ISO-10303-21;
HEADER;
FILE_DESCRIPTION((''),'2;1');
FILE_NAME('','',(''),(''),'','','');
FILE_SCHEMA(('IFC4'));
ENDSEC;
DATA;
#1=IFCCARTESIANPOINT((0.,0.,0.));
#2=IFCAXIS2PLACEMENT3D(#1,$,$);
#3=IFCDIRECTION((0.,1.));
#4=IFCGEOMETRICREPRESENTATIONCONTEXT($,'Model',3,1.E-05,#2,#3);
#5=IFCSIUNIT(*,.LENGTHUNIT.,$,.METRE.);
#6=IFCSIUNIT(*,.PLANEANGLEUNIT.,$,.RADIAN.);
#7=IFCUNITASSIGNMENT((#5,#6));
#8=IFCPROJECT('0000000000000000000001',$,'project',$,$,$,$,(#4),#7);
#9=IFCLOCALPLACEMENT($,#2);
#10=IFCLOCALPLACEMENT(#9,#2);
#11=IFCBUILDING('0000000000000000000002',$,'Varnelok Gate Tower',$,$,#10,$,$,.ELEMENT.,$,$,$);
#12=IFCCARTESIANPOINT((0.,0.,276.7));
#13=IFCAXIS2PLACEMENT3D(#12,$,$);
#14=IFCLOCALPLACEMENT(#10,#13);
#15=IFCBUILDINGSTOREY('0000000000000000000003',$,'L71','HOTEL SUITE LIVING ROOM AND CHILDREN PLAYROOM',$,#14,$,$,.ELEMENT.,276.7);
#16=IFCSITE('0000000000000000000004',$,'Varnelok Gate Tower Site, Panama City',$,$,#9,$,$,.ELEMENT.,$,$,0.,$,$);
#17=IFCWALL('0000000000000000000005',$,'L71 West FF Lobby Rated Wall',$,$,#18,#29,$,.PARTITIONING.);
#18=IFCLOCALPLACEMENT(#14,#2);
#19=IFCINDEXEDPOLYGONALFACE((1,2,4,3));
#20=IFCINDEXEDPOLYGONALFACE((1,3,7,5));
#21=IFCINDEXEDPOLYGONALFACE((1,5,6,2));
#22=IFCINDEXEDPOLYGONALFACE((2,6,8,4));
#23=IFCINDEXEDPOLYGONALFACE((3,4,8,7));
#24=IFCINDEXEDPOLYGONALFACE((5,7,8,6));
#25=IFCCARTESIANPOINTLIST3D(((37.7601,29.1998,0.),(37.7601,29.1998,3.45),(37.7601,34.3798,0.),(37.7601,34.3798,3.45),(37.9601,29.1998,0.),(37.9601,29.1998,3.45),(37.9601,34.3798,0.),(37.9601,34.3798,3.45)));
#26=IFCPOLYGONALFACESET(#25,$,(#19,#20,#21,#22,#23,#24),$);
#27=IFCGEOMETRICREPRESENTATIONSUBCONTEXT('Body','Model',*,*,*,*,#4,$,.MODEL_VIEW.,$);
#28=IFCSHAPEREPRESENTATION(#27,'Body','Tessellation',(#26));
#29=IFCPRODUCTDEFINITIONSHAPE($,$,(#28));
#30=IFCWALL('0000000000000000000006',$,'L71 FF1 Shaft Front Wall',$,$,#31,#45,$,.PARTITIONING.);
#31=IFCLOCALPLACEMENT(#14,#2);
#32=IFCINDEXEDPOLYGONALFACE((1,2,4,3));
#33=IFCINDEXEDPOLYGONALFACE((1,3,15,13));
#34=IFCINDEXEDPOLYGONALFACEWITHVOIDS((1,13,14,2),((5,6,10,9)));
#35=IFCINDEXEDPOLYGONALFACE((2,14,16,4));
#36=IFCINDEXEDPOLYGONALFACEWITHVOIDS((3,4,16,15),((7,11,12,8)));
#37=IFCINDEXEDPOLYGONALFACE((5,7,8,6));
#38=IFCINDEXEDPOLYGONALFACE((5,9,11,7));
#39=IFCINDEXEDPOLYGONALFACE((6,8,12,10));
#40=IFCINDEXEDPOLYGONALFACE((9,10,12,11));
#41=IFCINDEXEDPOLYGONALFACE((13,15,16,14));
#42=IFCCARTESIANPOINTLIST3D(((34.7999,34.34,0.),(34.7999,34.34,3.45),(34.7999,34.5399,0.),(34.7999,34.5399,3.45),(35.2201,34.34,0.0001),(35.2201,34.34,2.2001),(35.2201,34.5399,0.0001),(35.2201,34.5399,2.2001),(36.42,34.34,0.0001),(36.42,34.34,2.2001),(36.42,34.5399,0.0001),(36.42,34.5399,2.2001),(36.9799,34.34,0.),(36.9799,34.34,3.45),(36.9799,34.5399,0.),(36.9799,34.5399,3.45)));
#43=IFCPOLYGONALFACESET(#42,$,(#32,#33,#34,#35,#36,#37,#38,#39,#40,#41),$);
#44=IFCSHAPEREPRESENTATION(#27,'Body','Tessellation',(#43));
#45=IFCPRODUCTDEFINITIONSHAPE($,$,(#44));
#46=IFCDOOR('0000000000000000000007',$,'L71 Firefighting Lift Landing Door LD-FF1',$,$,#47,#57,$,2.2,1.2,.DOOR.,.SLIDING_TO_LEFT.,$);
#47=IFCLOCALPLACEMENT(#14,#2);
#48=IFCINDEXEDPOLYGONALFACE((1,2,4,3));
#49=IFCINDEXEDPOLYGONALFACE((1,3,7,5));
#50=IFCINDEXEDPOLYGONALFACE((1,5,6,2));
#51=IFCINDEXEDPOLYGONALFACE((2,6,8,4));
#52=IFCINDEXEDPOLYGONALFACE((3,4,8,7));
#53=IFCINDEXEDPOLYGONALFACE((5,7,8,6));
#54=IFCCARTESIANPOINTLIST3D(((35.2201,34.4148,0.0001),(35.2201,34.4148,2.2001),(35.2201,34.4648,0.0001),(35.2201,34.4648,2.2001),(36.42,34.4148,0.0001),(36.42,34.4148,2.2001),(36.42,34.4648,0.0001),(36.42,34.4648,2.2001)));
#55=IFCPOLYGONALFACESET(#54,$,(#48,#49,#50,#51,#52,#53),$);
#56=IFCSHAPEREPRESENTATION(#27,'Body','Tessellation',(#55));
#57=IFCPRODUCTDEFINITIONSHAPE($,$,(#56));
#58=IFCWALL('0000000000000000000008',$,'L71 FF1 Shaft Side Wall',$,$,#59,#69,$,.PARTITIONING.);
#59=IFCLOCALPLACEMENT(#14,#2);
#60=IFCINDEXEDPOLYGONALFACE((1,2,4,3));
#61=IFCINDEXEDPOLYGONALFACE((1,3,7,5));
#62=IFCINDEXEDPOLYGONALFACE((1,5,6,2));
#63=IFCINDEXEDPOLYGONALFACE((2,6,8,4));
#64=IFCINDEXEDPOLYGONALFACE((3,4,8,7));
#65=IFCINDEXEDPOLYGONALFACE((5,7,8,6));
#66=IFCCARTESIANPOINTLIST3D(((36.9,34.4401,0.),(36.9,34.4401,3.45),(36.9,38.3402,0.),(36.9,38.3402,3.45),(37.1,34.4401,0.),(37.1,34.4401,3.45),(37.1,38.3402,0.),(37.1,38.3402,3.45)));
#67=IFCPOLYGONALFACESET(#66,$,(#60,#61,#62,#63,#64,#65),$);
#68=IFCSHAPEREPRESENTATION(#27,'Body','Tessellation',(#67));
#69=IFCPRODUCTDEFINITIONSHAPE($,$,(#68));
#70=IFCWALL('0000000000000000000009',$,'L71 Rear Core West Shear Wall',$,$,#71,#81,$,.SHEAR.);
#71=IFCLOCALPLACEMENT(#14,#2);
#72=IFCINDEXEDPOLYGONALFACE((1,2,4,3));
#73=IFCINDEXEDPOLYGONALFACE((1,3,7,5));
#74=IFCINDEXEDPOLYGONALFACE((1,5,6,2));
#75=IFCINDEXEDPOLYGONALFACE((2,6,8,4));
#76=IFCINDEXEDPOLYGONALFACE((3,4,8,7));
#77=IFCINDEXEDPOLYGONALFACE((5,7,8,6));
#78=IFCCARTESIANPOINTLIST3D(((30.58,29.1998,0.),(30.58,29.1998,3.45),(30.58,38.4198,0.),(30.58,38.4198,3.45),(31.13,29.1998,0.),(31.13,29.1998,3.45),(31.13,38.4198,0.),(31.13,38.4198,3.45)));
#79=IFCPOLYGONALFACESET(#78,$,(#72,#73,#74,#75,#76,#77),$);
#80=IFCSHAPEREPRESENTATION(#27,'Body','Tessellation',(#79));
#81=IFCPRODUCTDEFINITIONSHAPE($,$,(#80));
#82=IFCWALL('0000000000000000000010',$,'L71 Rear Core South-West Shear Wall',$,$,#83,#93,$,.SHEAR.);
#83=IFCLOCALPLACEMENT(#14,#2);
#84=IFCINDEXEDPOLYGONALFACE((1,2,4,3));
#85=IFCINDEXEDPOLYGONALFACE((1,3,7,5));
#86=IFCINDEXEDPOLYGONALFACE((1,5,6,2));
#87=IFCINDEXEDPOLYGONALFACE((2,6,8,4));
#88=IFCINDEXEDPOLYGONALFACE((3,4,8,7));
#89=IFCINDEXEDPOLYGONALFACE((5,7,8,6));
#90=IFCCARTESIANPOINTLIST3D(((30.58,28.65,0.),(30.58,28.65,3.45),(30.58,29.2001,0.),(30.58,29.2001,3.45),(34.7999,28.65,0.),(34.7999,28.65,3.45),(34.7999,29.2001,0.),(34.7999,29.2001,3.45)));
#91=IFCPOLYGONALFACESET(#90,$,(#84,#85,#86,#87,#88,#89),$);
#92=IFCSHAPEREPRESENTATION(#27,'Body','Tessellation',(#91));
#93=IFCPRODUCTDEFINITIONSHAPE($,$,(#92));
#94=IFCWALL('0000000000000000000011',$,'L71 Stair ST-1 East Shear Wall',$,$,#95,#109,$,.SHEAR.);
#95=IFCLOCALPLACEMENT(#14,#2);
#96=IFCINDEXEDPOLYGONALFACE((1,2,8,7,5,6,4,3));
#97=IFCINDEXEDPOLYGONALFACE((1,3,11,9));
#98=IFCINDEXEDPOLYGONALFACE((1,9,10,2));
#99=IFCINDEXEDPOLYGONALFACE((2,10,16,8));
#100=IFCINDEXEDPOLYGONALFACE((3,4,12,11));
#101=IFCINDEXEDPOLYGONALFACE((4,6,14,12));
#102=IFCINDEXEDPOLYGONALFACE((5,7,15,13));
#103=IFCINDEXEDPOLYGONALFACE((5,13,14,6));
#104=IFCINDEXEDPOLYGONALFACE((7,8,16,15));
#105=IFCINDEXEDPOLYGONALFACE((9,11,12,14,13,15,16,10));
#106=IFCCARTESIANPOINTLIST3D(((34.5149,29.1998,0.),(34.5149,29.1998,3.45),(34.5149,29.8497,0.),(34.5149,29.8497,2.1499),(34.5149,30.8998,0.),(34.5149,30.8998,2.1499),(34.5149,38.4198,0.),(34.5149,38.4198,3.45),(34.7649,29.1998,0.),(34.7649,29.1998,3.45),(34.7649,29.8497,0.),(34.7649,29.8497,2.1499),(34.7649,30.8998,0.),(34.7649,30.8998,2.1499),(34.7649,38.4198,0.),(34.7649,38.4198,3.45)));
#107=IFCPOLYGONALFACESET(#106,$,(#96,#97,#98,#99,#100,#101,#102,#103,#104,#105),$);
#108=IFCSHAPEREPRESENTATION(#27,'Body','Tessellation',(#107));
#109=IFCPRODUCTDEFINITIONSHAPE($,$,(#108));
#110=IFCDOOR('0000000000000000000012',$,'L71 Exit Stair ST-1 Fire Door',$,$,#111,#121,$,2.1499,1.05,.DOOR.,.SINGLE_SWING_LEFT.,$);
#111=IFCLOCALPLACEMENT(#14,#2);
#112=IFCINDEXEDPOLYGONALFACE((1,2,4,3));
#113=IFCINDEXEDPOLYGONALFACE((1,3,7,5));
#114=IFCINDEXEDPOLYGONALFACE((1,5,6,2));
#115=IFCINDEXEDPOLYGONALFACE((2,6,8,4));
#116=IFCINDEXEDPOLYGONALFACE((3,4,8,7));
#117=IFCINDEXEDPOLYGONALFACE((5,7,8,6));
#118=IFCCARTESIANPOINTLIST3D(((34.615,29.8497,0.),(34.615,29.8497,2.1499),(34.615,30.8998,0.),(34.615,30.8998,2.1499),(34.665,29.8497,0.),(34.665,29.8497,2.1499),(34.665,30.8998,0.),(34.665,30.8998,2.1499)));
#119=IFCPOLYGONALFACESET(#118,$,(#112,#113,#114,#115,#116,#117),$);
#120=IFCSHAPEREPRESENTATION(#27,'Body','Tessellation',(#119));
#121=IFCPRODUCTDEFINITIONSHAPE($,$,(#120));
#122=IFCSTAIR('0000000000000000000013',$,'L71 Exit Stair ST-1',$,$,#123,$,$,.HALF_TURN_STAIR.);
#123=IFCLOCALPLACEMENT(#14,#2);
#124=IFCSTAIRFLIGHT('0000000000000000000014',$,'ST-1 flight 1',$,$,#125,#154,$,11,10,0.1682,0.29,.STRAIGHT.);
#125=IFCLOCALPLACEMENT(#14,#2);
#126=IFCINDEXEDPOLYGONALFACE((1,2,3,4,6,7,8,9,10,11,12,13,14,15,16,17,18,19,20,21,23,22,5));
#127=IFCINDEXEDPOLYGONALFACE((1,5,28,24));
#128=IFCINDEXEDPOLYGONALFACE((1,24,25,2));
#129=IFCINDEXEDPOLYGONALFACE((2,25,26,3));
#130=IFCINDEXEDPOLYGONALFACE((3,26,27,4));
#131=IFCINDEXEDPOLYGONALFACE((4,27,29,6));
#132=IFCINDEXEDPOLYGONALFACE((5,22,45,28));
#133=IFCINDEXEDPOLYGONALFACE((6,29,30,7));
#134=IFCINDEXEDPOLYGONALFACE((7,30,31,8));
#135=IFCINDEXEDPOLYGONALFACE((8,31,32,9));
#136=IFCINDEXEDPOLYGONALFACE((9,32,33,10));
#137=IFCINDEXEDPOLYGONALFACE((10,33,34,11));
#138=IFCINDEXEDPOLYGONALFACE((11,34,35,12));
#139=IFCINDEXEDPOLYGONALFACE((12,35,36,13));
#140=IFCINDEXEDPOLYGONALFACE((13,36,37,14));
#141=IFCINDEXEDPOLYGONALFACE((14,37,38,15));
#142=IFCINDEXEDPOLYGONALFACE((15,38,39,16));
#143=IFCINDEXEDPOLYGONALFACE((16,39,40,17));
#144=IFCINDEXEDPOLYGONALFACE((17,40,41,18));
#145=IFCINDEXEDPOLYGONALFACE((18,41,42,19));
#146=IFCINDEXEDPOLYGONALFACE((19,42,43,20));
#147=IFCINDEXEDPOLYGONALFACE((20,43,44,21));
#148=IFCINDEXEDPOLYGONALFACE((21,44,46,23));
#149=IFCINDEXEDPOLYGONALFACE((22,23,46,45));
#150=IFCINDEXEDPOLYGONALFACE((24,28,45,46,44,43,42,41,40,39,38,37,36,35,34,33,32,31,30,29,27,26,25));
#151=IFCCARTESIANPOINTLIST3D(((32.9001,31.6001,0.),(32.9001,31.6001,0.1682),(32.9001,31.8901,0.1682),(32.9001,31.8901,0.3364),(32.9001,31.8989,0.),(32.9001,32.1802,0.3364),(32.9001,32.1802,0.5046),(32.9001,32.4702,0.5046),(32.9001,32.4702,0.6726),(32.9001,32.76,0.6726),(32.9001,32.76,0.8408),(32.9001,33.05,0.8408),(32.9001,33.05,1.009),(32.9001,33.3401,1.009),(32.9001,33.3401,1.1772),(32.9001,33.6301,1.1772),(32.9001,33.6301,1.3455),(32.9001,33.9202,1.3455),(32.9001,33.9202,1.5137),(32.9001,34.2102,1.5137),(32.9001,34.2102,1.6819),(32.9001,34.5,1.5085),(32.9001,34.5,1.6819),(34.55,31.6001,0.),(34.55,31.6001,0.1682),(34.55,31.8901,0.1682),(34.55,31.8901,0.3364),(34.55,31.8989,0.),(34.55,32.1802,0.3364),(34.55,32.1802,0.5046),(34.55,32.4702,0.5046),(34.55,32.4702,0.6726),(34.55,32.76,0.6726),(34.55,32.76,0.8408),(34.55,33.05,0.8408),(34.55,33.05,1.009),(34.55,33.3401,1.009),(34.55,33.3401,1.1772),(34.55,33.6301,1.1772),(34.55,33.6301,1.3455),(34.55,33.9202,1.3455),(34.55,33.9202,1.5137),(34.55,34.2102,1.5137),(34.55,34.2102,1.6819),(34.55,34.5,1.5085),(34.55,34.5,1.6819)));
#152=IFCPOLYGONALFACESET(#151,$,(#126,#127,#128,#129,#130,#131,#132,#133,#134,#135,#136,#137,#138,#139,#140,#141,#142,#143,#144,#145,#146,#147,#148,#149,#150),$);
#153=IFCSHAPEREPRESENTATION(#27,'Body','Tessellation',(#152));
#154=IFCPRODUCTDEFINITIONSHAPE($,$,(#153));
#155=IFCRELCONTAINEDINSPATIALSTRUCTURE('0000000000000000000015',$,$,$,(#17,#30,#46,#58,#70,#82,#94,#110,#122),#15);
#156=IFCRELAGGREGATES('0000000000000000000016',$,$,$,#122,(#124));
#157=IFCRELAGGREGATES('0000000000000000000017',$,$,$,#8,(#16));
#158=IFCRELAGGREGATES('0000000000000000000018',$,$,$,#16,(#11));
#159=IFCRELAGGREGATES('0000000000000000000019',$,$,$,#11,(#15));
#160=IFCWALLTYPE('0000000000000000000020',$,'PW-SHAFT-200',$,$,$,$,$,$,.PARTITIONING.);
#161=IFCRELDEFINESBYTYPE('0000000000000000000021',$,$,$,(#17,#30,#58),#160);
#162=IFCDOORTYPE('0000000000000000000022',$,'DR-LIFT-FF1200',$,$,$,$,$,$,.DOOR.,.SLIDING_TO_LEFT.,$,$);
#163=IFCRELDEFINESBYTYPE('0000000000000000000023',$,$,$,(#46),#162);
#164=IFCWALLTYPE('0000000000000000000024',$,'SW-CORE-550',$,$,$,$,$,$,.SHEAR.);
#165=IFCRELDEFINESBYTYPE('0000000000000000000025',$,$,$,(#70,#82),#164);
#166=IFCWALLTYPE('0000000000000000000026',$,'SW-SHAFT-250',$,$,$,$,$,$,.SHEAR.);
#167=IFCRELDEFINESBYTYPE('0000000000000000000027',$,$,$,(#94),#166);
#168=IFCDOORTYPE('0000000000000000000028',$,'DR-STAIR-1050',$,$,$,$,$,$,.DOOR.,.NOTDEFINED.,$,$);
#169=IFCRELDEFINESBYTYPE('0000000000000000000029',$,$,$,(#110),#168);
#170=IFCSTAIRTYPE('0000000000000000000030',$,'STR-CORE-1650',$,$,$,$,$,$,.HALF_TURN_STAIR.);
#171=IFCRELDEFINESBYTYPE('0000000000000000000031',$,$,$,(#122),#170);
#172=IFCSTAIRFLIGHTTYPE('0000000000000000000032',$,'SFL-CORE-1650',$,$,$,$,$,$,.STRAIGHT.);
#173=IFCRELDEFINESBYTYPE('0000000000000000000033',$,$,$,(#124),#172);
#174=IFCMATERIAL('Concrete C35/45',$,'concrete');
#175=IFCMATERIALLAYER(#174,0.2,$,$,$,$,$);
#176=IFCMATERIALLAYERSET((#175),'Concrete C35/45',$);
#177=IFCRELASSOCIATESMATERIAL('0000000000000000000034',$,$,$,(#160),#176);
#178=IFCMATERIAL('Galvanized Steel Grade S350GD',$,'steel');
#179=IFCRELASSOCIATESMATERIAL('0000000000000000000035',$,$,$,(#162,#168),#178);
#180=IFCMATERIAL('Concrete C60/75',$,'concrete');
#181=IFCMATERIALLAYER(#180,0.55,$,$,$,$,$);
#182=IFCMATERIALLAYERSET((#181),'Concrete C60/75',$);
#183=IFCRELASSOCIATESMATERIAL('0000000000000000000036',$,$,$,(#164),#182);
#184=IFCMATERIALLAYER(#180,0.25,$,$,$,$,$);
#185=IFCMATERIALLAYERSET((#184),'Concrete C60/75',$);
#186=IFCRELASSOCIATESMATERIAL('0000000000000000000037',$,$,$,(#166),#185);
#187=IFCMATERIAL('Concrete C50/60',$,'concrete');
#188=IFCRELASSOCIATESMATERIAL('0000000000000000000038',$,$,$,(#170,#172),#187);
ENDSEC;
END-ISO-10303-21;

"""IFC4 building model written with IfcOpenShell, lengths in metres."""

from ifc_helpers import new_model, si_unit, direction, frame, frame_2d, origin, place, context, subcontext, project, spatial, polyline, rectangle, outline, extrude, material, layer, layer_set, type_object, element, fill, aggregate, save


model = new_model("IFC4")

# Units and contexts
model_context = context("Model", 3, precision=1e-05, world=origin(), true_north=direction((0.0, 1.0)))
body_context = subcontext(model_context, "Body", "Model", "MODEL_VIEW")
ifc_project = project(units=[si_unit("LENGTHUNIT", "METRE"), si_unit("PLANEANGLEUNIT", "RADIAN")], contexts=[model_context])

# Site, building, storey
site_placement = place(None, origin())
site = spatial("IfcSite", under=ifc_project, at=site_placement, Name="Varnelok Gate Tower Site, Panama City", CompositionType="ELEMENT", RefElevation=0.0)
building_placement = place(site_placement, origin())
building = spatial("IfcBuilding", under=site, at=building_placement, Name="Varnelok Gate Tower", CompositionType="ELEMENT")
storey_placement = place(building_placement, frame((0.0, 0.0, 276.7)))
storey = spatial("IfcBuildingStorey", under=building, at=storey_placement, Name="L71", Description="HOTEL SUITE LIVING ROOM AND CHILDREN PLAYROOM", CompositionType="ELEMENT", Elevation=276.7)

# Shared definitions
ifc_material_1 = material(Name="Concrete C50/60", Category="concrete")

# Shared definitions
ifc_material_2 = material(Name="Concrete C60/75", Category="concrete")

# Wall
ifc_material_3 = material(Name="Concrete C35/45", Category="concrete")
ifc_layer_1 = layer(ifc_material_3, 0.2)
ifc_layer_set_1 = layer_set([ifc_layer_1], Name="Concrete C35/45")
wall_type_1 = type_object("IfcWallType", Name="PW-SHAFT-200", PredefinedType="PARTITIONING", material=ifc_layer_set_1)
wall_1_placement = place(storey_placement, frame((37.8601, 29.2, 0.0), z_axis=(0.0, 0.0, 1.0), x_axis=(0.0, 1.0, 0.0)))
element("IfcWall", 1, at=wall_1_placement, inside=storey, type_object=wall_type_1, Name="L71 West FF Lobby Rated Wall", PredefinedType="PARTITIONING", context=body_context, shape_type="SweptSolid", body=[
    extrude(rectangle(XDim=5.1799, YDim=0.2, at=frame_2d((2.5898, 0.0))), origin(), (0.0, 0.0, 1.0), 3.45),
])

# Wall, opening, door
wall_2_placement = place(storey_placement, frame((34.8, 34.4399, 0.0), z_axis=(0.0, 0.0, 1.0), x_axis=(1.0, 0.0, 0.0)))
wall_2 = element("IfcWall", 2, at=wall_2_placement, inside=storey, type_object=wall_type_1, Name="L71 FF1 Shaft Front Wall", PredefinedType="PARTITIONING", context=body_context, shape_type="SweptSolid", body=[
    extrude(rectangle(XDim=2.1799, YDim=0.2, at=frame_2d((1.0898, 0.0))), origin(), (0.0, 0.0, 1.0), 3.45),
])
opening_1_placement = place(wall_2_placement, frame((0.4199, 0.0, 0.0)))
opening_1 = element("IfcOpeningElement", 3, at=opening_1_placement, cuts=wall_2, PredefinedType="OPENING", context=body_context, shape_type="SweptSolid", body=[
    extrude(rectangle(XDim=1.2, YDim=2.2, at=frame_2d((0.6001, 1.1001))), frame((0.0, 0.1099, 0.0), z_axis=(0.0, -1.0, 0.0), x_axis=(1.0, 0.0, 0.0)), (0.0, 0.0, 1.0), 0.22),
])
ifc_material_4 = material(Name="Galvanized Steel Grade S350GD", Category="steel")
door_type_1 = type_object("IfcDoorType", Name="DR-LIFT-FF1200", OperationType="SLIDING_TO_LEFT", PredefinedType="DOOR", material=ifc_material_4)
door_1_placement = place(opening_1_placement, origin())
door_1 = element("IfcDoor", 4, at=door_1_placement, inside=storey, type_object=door_type_1, Name="L71 Firefighting Lift Landing Door LD-FF1", OperationType="SLIDING_TO_LEFT", OverallHeight=2.2, OverallWidth=1.2, PredefinedType="DOOR", context=body_context, shape_type="SweptSolid", body=[
    extrude(rectangle(XDim=1.2, YDim=2.2, at=frame_2d((0.6001, 1.1001))), frame((0.0, 0.0249, 0.0), z_axis=(0.0, -1.0, 0.0), x_axis=(1.0, 0.0, 0.0)), (0.0, 0.0, 1.0), 0.05),
])
fill(opening_1, door_1)

# Walls
wall_3_placement = place(storey_placement, frame((37.0, 34.4399, 0.0), z_axis=(0.0, 0.0, 1.0), x_axis=(0.0, 1.0, 0.0)))
element("IfcWall", 5, at=wall_3_placement, inside=storey, type_object=wall_type_1, Name="L71 FF1 Shaft Side Wall", PredefinedType="PARTITIONING", context=body_context, shape_type="SweptSolid", body=[
    extrude(rectangle(XDim=3.9001, YDim=0.2, at=frame_2d((1.9502, 0.0))), origin(), (0.0, 0.0, 1.0), 3.45),
])
ifc_layer_2 = layer(ifc_material_2, 0.55)
ifc_layer_set_2 = layer_set([ifc_layer_2], Name="Concrete C60/75")
wall_type_2 = type_object("IfcWallType", Name="SW-CORE-550", PredefinedType="SHEAR", material=ifc_layer_set_2)
wall_4_placement = place(storey_placement, frame((30.855, 29.2, 0.0), z_axis=(0.0, 0.0, 1.0), x_axis=(0.0, 1.0, 0.0)))
element("IfcWall", 6, at=wall_4_placement, inside=storey, type_object=wall_type_2, Name="L71 Rear Core West Shear Wall", PredefinedType="SHEAR", context=body_context, shape_type="SweptSolid", body=[
    extrude(rectangle(XDim=9.22, YDim=0.55, at=frame_2d((4.6099, 0.0))), origin(), (0.0, 0.0, 1.0), 3.45),
])
wall_5_placement = place(storey_placement, frame((30.5801, 28.925, 0.0), z_axis=(0.0, 0.0, 1.0), x_axis=(1.0, 0.0, 0.0)))
element("IfcWall", 7, at=wall_5_placement, inside=storey, type_object=wall_type_2, Name="L71 Rear Core South-West Shear Wall", PredefinedType="SHEAR", context=body_context, shape_type="SweptSolid", body=[
    extrude(rectangle(XDim=4.22, YDim=0.55, at=frame_2d((2.1099, 0.0))), origin(), (0.0, 0.0, 1.0), 3.45),
])

# Wall, opening, door
ifc_layer_3 = layer(ifc_material_2, 0.25)
ifc_layer_set_3 = layer_set([ifc_layer_3], Name="Concrete C60/75")
wall_type_3 = type_object("IfcWallType", Name="SW-SHAFT-250", PredefinedType="SHEAR", material=ifc_layer_set_3)
wall_6_placement = place(storey_placement, frame((34.6399, 29.2, 0.0), z_axis=(0.0, 0.0, 1.0), x_axis=(0.0, 1.0, 0.0)))
wall_6 = element("IfcWall", 8, at=wall_6_placement, inside=storey, type_object=wall_type_3, Name="L71 Stair ST-1 East Shear Wall", PredefinedType="SHEAR", context=body_context, shape_type="SweptSolid", body=[
    extrude(rectangle(XDim=9.22, YDim=0.25, at=frame_2d((4.6099, 0.0))), origin(), (0.0, 0.0, 1.0), 3.45),
])
opening_2_placement = place(wall_6_placement, frame((0.6499, 0.0, 0.0)))
opening_2 = element("IfcOpeningElement", 9, at=opening_2_placement, cuts=wall_6, PredefinedType="OPENING", context=body_context, shape_type="SweptSolid", body=[
    extrude(rectangle(XDim=1.05, YDim=2.1499, at=frame_2d((0.5249, 1.075))), frame((0.0, 0.135, 0.0), z_axis=(0.0, -1.0, 0.0), x_axis=(1.0, 0.0, 0.0)), (0.0, 0.0, 1.0), 0.27),
])
door_type_2 = type_object("IfcDoorType", Name="DR-STAIR-1050", OperationType="NOTDEFINED", PredefinedType="DOOR", material=ifc_material_4)
door_2_placement = place(opening_2_placement, origin())
door_2 = element("IfcDoor", 10, at=door_2_placement, inside=storey, type_object=door_type_2, Name="L71 Exit Stair ST-1 Fire Door", OperationType="SINGLE_SWING_LEFT", OverallHeight=2.1499, OverallWidth=1.05, PredefinedType="DOOR", context=body_context, shape_type="SweptSolid", body=[
    extrude(rectangle(XDim=1.05, YDim=2.1499, at=frame_2d((0.5249, 1.075))), frame((0.0, 0.0249, 0.0), z_axis=(0.0, -1.0, 0.0), x_axis=(1.0, 0.0, 0.0)), (0.0, 0.0, 1.0), 0.05),
])
fill(opening_2, door_2)

# Stair, stair flight
stair_type = type_object("IfcStairType", Name="STR-CORE-1650", PredefinedType="HALF_TURN_STAIR", material=ifc_material_1)
stair_placement = place(storey_placement, origin())
stair = element("IfcStair", 11, at=stair_placement, inside=storey, type_object=stair_type, Name="L71 Exit Stair ST-1", PredefinedType="HALF_TURN_STAIR")
stair_flight_type = type_object("IfcStairFlightType", Name="SFL-CORE-1650", PredefinedType="STRAIGHT", material=ifc_material_1)
stair_flight_1_placement = place(storey_placement, frame((33.7251, 31.6001, 0.0), z_axis=(0.0, 0.0, 1.0), x_axis=(0.0, 1.0, 0.0)))
stair_flight_1 = element("IfcStairFlight", 12, at=stair_flight_1_placement, type_object=stair_flight_type, Name="ST-1 flight 1", NumberOfRisers=11, NumberOfTreads=10, PredefinedType="STRAIGHT", RiserHeight=0.1682, TreadLength=0.29, context=body_context, shape_type="SweptSolid", body=[
    extrude(outline(polyline([(0.0, 0.0), (0.0, 0.1682), (0.29, 0.1682), (0.29, 0.3364), (0.5801, 0.3364), (0.5801, 0.5046), (0.8701, 0.5046), (0.8701, 0.6726), (1.1599, 0.6726), (1.1599, 0.8408), (1.45, 0.8408), (1.45, 1.009), (1.74, 1.009), (1.74, 1.1772), (2.03, 1.1772), (2.03, 1.3455), (2.3201, 1.3455), (2.3201, 1.5137), (2.6101, 1.5137), (2.6101, 1.6819), (2.8999, 1.6819), (2.8999, 1.8501), (2.8999, 1.5085), (0.2988, 0.0), (0.0, 0.0)])), frame((0.0, 0.825, 0.0), z_axis=(0.0, -1.0, 0.0), x_axis=(1.0, 0.0, 0.0)), (0.0, 0.0, 1.0), 1.6499),
])
aggregate(stair, [stair_flight_1])

save(model, "model.ifc")
